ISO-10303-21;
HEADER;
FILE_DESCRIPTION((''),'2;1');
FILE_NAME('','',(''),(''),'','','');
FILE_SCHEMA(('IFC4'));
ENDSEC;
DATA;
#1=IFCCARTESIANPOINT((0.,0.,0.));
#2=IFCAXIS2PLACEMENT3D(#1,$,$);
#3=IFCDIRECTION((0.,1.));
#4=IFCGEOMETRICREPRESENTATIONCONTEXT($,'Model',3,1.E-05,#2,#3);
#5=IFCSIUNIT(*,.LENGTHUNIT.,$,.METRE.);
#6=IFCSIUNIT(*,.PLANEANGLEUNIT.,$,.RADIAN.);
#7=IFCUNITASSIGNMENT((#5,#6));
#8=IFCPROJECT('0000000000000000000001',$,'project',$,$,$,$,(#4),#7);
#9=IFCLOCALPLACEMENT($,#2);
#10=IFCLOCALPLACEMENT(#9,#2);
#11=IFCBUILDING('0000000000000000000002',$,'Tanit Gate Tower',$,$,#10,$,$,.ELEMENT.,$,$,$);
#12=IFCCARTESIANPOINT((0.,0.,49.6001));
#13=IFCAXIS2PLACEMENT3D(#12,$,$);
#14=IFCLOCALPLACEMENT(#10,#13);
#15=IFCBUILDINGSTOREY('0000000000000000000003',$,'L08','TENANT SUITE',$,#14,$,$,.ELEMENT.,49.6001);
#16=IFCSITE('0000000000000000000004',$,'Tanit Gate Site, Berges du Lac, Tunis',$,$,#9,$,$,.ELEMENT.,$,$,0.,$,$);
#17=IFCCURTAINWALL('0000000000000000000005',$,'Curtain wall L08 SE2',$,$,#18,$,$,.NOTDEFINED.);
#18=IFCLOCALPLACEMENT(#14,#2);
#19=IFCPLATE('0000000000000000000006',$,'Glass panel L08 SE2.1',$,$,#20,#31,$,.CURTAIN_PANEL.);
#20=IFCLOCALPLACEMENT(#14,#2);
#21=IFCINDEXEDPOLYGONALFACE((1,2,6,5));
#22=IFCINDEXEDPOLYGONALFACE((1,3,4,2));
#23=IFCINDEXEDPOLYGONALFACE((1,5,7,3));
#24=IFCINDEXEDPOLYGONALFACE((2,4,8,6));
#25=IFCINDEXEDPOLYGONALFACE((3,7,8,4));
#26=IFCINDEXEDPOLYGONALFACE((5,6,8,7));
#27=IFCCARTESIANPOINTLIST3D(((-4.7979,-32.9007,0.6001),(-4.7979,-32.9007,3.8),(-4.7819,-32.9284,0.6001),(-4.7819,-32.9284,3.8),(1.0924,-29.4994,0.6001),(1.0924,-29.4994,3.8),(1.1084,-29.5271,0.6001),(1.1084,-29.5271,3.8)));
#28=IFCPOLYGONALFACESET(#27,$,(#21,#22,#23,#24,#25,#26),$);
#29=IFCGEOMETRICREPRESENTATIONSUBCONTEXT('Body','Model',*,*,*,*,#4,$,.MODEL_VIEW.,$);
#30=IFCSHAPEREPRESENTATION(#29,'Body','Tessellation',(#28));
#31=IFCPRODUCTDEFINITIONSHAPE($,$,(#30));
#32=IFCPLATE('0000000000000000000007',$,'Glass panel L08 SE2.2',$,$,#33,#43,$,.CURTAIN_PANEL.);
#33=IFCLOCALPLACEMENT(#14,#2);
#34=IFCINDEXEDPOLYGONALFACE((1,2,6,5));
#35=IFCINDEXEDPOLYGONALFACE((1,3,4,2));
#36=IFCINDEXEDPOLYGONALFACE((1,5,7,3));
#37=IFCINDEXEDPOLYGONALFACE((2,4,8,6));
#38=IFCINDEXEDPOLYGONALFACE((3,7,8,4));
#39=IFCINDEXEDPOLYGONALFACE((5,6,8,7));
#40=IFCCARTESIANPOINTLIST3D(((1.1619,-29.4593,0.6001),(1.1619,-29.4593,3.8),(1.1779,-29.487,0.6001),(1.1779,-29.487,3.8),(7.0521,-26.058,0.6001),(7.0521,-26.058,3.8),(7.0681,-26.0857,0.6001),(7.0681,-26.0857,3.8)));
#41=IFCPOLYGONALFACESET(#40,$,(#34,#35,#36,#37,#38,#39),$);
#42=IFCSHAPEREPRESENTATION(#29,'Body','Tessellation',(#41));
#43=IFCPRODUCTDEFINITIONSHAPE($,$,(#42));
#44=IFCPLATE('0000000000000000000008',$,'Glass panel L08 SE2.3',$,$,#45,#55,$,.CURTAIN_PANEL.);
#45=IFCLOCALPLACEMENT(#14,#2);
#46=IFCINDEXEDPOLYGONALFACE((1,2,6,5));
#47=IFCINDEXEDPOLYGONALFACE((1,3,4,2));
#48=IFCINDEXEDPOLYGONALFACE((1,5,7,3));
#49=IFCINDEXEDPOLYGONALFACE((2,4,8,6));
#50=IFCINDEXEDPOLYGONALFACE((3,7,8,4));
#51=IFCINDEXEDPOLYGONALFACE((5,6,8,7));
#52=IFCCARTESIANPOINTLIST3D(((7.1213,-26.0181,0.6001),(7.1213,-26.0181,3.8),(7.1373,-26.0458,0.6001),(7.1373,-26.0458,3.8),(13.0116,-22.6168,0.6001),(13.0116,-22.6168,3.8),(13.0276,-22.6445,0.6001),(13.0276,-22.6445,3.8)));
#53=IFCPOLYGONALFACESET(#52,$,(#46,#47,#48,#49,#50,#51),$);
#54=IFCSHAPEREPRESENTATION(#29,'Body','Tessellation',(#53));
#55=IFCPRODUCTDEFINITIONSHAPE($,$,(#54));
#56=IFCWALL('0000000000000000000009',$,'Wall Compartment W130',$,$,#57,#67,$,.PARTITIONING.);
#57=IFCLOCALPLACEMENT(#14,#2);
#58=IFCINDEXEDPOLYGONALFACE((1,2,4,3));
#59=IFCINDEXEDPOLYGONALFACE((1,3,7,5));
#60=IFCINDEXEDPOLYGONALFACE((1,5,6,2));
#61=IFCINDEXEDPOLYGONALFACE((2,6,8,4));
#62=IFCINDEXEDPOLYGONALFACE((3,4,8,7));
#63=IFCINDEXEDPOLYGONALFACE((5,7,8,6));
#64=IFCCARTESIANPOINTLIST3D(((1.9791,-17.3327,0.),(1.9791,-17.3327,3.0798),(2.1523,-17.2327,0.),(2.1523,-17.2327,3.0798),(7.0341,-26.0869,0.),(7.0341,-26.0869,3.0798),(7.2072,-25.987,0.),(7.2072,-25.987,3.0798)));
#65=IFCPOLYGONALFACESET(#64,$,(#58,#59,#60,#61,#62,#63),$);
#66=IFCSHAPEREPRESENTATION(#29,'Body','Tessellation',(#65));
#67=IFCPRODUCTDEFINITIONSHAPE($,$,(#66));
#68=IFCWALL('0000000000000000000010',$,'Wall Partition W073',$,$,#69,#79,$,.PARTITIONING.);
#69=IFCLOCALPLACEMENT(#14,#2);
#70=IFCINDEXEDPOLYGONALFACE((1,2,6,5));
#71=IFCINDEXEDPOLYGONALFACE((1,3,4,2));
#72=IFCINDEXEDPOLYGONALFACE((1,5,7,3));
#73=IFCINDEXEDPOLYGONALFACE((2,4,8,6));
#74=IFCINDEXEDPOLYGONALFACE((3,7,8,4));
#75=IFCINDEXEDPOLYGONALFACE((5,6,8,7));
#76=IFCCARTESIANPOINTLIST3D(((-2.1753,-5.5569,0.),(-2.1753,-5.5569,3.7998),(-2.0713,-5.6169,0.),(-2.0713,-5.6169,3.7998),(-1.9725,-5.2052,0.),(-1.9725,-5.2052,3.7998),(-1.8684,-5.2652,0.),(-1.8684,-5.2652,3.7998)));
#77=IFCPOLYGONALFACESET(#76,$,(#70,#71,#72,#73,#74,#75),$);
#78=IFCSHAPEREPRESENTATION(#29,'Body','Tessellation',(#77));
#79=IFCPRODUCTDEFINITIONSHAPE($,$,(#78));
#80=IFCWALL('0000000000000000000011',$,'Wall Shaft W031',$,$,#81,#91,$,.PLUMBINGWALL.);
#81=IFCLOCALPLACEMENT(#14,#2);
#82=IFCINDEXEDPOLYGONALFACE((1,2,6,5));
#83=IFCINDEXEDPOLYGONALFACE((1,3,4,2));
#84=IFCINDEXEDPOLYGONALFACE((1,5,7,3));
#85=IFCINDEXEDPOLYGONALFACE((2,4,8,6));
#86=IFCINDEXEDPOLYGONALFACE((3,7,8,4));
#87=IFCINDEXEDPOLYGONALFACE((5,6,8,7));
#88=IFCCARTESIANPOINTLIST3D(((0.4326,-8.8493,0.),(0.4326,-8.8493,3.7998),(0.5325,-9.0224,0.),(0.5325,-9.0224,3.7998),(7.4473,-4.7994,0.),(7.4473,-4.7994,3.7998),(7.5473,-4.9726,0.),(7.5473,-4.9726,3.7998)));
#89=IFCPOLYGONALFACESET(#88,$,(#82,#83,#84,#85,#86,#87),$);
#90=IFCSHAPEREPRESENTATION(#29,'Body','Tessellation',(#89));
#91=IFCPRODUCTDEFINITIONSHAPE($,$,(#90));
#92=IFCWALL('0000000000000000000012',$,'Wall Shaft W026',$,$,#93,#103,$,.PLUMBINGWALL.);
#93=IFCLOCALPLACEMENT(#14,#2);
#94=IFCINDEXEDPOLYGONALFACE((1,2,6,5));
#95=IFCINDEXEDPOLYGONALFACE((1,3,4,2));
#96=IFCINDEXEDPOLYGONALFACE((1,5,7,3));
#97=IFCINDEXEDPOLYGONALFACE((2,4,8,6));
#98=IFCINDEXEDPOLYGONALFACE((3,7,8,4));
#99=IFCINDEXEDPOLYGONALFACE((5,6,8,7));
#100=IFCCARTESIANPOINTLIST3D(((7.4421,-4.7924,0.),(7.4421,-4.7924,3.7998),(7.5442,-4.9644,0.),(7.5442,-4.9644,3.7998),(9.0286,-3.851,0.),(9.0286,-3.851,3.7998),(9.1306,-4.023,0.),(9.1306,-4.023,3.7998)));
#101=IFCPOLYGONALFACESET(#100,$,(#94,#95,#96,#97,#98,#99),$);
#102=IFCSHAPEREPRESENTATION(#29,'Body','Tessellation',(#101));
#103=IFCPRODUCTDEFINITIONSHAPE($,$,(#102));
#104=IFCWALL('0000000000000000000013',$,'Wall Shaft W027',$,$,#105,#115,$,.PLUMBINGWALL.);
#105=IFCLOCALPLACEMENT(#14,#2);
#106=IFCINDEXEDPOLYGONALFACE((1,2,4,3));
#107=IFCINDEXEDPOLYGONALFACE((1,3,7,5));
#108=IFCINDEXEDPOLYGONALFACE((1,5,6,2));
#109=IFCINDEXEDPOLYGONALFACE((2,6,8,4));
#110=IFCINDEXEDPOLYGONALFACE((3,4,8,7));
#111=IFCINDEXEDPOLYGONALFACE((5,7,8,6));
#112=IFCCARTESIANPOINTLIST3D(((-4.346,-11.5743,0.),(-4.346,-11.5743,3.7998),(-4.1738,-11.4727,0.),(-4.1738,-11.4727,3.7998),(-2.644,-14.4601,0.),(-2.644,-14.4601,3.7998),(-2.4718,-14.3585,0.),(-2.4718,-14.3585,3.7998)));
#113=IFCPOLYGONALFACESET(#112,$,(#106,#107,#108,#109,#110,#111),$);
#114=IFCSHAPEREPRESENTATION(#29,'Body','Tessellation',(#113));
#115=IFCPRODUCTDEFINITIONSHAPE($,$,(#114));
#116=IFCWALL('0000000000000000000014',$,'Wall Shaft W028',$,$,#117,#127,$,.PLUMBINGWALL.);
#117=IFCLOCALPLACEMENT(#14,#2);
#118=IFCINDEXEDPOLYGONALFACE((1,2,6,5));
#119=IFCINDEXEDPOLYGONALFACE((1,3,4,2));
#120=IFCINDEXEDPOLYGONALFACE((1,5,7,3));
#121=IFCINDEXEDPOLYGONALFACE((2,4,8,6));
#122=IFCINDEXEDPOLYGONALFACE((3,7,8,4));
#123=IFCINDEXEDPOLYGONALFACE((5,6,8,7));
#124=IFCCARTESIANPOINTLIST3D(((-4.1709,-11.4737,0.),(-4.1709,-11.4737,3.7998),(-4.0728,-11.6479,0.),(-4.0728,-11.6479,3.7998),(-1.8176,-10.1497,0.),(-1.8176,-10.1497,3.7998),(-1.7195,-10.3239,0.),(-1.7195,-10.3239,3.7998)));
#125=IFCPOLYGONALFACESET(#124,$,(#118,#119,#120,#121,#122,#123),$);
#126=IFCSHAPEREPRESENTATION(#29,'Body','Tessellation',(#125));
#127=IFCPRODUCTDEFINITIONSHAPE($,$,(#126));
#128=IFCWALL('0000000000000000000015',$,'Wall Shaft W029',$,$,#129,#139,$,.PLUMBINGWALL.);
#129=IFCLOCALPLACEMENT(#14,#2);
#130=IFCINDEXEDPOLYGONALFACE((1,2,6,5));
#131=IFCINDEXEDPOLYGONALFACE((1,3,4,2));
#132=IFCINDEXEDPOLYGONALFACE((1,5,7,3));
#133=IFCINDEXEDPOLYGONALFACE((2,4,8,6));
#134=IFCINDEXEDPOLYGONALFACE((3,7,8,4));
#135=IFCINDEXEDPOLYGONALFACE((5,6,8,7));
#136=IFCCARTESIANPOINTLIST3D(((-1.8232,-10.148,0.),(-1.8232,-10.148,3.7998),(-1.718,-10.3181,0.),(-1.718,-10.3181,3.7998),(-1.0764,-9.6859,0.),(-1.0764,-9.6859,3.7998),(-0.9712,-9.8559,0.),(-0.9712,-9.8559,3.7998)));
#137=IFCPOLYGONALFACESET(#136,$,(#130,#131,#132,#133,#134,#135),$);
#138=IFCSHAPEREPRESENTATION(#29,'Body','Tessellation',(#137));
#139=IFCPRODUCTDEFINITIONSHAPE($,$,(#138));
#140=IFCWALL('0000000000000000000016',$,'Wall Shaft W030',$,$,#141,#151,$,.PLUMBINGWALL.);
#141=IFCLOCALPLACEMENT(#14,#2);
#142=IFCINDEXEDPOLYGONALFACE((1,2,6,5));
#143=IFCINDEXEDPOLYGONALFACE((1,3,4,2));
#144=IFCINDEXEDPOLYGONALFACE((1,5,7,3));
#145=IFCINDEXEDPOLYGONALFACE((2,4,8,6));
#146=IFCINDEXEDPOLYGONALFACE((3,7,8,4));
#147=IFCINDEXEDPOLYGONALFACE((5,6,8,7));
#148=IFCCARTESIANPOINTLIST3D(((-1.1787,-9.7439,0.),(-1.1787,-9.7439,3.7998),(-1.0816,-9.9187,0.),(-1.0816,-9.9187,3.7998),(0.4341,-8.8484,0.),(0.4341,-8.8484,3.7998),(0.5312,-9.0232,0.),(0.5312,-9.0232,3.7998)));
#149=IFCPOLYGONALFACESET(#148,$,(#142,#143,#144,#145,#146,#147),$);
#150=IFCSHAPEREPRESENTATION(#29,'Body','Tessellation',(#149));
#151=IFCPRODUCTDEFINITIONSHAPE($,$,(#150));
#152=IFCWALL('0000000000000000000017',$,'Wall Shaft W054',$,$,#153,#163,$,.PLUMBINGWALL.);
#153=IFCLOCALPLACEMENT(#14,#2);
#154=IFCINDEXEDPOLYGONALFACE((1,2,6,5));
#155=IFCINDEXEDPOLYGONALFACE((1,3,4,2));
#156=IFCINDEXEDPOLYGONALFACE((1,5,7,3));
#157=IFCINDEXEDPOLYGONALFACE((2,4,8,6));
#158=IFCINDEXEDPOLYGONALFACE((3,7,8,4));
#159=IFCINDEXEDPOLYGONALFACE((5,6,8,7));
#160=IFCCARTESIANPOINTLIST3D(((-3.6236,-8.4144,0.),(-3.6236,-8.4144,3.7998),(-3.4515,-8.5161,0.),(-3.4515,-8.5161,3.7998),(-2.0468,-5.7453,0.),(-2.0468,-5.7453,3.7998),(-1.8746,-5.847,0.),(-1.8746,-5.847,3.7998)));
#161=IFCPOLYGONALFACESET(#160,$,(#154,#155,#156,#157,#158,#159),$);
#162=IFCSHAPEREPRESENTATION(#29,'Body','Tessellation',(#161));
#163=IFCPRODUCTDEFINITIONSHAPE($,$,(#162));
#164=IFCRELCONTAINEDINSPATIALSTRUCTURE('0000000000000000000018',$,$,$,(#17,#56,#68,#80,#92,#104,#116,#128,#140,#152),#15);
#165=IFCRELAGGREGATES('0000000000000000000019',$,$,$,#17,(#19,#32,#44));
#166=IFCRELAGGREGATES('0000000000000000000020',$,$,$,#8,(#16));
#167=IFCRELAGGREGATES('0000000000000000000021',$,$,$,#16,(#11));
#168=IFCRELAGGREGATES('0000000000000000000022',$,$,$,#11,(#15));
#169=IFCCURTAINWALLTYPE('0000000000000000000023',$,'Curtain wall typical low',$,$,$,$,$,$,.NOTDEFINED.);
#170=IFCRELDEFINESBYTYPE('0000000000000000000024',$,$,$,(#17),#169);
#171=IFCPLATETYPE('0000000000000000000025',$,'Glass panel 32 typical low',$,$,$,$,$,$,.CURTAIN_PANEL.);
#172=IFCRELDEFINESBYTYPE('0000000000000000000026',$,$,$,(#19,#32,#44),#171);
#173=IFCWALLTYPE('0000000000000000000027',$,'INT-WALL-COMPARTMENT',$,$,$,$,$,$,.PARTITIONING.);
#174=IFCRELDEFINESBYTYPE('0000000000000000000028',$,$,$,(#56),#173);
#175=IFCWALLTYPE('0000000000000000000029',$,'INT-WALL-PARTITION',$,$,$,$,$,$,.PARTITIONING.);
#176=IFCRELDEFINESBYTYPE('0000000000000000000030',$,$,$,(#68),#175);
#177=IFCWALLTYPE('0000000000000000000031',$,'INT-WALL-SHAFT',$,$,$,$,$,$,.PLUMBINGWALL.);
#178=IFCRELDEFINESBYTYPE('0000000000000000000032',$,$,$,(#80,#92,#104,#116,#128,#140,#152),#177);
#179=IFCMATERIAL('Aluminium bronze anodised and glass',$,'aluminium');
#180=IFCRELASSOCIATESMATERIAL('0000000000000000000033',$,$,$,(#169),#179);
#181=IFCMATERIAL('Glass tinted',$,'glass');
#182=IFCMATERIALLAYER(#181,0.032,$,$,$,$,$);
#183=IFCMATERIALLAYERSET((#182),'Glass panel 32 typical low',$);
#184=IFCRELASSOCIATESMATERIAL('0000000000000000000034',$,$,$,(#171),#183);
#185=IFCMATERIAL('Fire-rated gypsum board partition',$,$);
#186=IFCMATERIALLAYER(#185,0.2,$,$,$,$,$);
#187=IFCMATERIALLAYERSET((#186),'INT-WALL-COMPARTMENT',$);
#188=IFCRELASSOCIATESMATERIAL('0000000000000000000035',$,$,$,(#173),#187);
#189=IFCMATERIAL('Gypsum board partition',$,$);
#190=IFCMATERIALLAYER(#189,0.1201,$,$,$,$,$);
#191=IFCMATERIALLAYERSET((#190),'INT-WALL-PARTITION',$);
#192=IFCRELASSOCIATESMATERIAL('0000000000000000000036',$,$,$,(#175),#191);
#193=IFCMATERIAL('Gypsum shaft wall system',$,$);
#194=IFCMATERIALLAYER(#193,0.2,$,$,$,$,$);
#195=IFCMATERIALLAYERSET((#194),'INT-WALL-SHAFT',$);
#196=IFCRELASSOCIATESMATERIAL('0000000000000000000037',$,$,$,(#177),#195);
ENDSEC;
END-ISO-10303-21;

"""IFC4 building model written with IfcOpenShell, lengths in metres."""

from ifc_helpers import new_model, si_unit, direction, frame, frame_2d, origin, origin_2d, place, context, subcontext, project, spatial, rectangle, extrude, material, layer, layer_set, type_object, element, aggregate, save


model = new_model("IFC4")

# Units and contexts
model_context = context("Model", 3, precision=1e-05, world=origin(), true_north=direction((0.0, 1.0)))
body_context = subcontext(model_context, "Body", "Model", "MODEL_VIEW")
ifc_project = project(units=[si_unit("LENGTHUNIT", "METRE"), si_unit("PLANEANGLEUNIT", "RADIAN")], contexts=[model_context])

# Site, building, storey
site_placement = place(None, origin())
site = spatial("IfcSite", under=ifc_project, at=site_placement, Name="Tanit Gate Site, Berges du Lac, Tunis", CompositionType="ELEMENT", RefElevation=0.0)
building_placement = place(site_placement, origin())
building = spatial("IfcBuilding", under=site, at=building_placement, Name="Tanit Gate Tower", CompositionType="ELEMENT")
storey_placement = place(building_placement, frame((0.0, 0.0, 49.6001)))
storey = spatial("IfcBuildingStorey", under=building, at=storey_placement, Name="L08", Description="TENANT SUITE", CompositionType="ELEMENT", Elevation=49.6001)

# Curtain wall
ifc_material_1 = material(Name="Aluminium bronze anodised and glass", Category="aluminium")
curtain_wall_type = type_object("IfcCurtainWallType", Name="Curtain wall typical low", PredefinedType="NOTDEFINED", material=ifc_material_1)
curtain_wall_placement = place(storey_placement, origin())
curtain_wall = element("IfcCurtainWall", 1, at=curtain_wall_placement, inside=storey, type_object=curtain_wall_type, Name="Curtain wall L08 SE2", PredefinedType="NOTDEFINED")

# Plates
ifc_material_2 = material(Name="Glass tinted", Category="glass")
ifc_layer_1 = layer(ifc_material_2, 0.032)
ifc_layer_set_1 = layer_set([ifc_layer_1], Name="Glass panel 32 typical low")
plate_type = type_object("IfcPlateType", Name="Glass panel 32 typical low", PredefinedType="CURTAIN_PANEL", material=ifc_layer_set_1)
plate_1_placement = place(storey_placement, frame((-1.8447, -31.2139, 0.6001), z_axis=(0.0, 0.0, 1.0), x_axis=(0.865991, 0.50006, 0.0)))
plate_1 = element("IfcPlate", 2, at=plate_1_placement, type_object=plate_type, Name="Glass panel L08 SE2.1", PredefinedType="CURTAIN_PANEL", context=body_context, shape_type="SweptSolid", body=[
    extrude(rectangle(XDim=6.8018, YDim=0.032, at=origin_2d()), origin(), (0.0, 0.0, 1.0), 3.2),
])
plate_2_placement = place(storey_placement, frame((4.115, -27.7725, 0.6001), z_axis=(0.0, 0.0, 1.0), x_axis=(0.865991, 0.50006, 0.0)))
plate_2 = element("IfcPlate", 3, at=plate_2_placement, type_object=plate_type, Name="Glass panel L08 SE2.2", PredefinedType="CURTAIN_PANEL", context=body_context, shape_type="SweptSolid", body=[
    extrude(rectangle(XDim=6.8018, YDim=0.032, at=origin_2d()), origin(), (0.0, 0.0, 1.0), 3.2),
])
plate_3_placement = place(storey_placement, frame((10.0745, -24.3313, 0.6001), z_axis=(0.0, 0.0, 1.0), x_axis=(0.865991, 0.50006, 0.0)))
plate_3 = element("IfcPlate", 4, at=plate_3_placement, type_object=plate_type, Name="Glass panel L08 SE2.3", PredefinedType="CURTAIN_PANEL", context=body_context, shape_type="SweptSolid", body=[
    extrude(rectangle(XDim=6.8018, YDim=0.032, at=origin_2d()), origin(), (0.0, 0.0, 1.0), 3.2),
])
aggregate(curtain_wall, [plate_1, plate_2, plate_3])

# Walls
ifc_material_3 = material(Name="Fire-rated gypsum board partition")
ifc_layer_2 = layer(ifc_material_3, 0.2)
ifc_layer_set_2 = layer_set([ifc_layer_2], Name="INT-WALL-COMPARTMENT")
wall_type_1 = type_object("IfcWallType", Name="INT-WALL-COMPARTMENT", PredefinedType="PARTITIONING", material=ifc_layer_set_2)
wall_1_placement = place(storey_placement, frame((2.0657, -17.2827, 0.0), z_axis=(0.0, 0.0, 1.0), x_axis=(0.500053, -0.865995, 0.0)))
element("IfcWall", 5, at=wall_1_placement, inside=storey, type_object=wall_type_1, Name="Wall Compartment W130", PredefinedType="PARTITIONING", context=body_context, shape_type="SweptSolid", body=[
    extrude(rectangle(XDim=10.1089, YDim=0.2, at=frame_2d((5.0544, 0.0))), origin(), (0.0, 0.0, 1.0), 3.0798),
])
ifc_material_4 = material(Name="Gypsum board partition")
ifc_layer_3 = layer(ifc_material_4, 0.1201)
ifc_layer_set_3 = layer_set([ifc_layer_3], Name="INT-WALL-PARTITION")
wall_type_2 = type_object("IfcWallType", Name="INT-WALL-PARTITION", PredefinedType="PARTITIONING", material=ifc_layer_set_3)
wall_2_placement = place(storey_placement, frame((-1.9204, -5.2351, 0.0), z_axis=(0.0, 0.0, 1.0), x_axis=(-0.499566, -0.866276, 0.0)))
element("IfcWall", 6, at=wall_2_placement, inside=storey, type_object=wall_type_2, Name="Wall Partition W073", PredefinedType="PARTITIONING", context=body_context, shape_type="SweptSolid", body=[
    extrude(rectangle(XDim=0.406, YDim=0.1201, at=frame_2d((0.2031, 0.0))), origin(), (0.0, 0.0, 1.0), 3.7998),
])
ifc_material_5 = material(Name="Gypsum shaft wall system")
ifc_layer_4 = layer(ifc_material_5, 0.2)
ifc_layer_set_4 = layer_set([ifc_layer_4], Name="INT-WALL-SHAFT")
wall_type_3 = type_object("IfcWallType", Name="INT-WALL-SHAFT", PredefinedType="PLUMBINGWALL", material=ifc_layer_set_4)
wall_3_placement = place(storey_placement, frame((0.4827, -8.9358, 0.0), z_axis=(0.0, 0.0, 1.0), x_axis=(0.866031, 0.49999, 0.0)))
element("IfcWall", 7, at=wall_3_placement, inside=storey, type_object=wall_type_3, Name="Wall Shaft W031", PredefinedType="PLUMBINGWALL", context=body_context, shape_type="SweptSolid", body=[
    extrude(rectangle(XDim=8.0999, YDim=0.2, at=frame_2d((4.0498, 0.0))), origin(), (0.0, 0.0, 1.0), 3.7998),
])
wall_4_placement = place(storey_placement, frame((7.4932, -4.8784, 0.0), z_axis=(0.0, 0.0, 1.0), x_axis=(0.859982, 0.510325, 0.0)))
element("IfcWall", 8, at=wall_4_placement, inside=storey, type_object=wall_type_3, Name="Wall Shaft W026", PredefinedType="PLUMBINGWALL", context=body_context, shape_type="SweptSolid", body=[
    extrude(rectangle(XDim=1.8447, YDim=0.2, at=frame_2d((0.9224, 0.0))), origin(), (0.0, 0.0, 1.0), 3.7998),
])
wall_5_placement = place(storey_placement, frame((-2.5579, -14.4094, 0.0), z_axis=(0.0, 0.0, 1.0), x_axis=(-0.507997, 0.861359, 0.0)))
element("IfcWall", 9, at=wall_5_placement, inside=storey, type_object=wall_type_3, Name="Wall Shaft W027", PredefinedType="PLUMBINGWALL", context=body_context, shape_type="SweptSolid", body=[
    extrude(rectangle(XDim=3.3503, YDim=0.2, at=frame_2d((1.6753, 0.0))), origin(), (0.0, 0.0, 1.0), 3.7998),
])
wall_6_placement = place(storey_placement, frame((-1.7686, -10.2368, 0.0), z_axis=(0.0, 0.0, 1.0), x_axis=(-0.871534, -0.490334, 0.0)))
element("IfcWall", 10, at=wall_6_placement, inside=storey, type_object=wall_type_3, Name="Wall Shaft W028", PredefinedType="PLUMBINGWALL", context=body_context, shape_type="SweptSolid", body=[
    extrude(rectangle(XDim=2.7002, YDim=0.2, at=frame_2d((1.3501, 0.0))), origin(), (0.0, 0.0, 1.0), 3.7998),
])
wall_7_placement = place(storey_placement, frame((-1.0239, -9.771, 0.0), z_axis=(0.0, 0.0, 1.0), x_axis=(-0.850348, -0.526221, 0.0)))
element("IfcWall", 11, at=wall_7_placement, inside=storey, type_object=wall_type_3, Name="Wall Shaft W029", PredefinedType="PLUMBINGWALL", context=body_context, shape_type="SweptSolid", body=[
    extrude(rectangle(XDim=0.8782, YDim=0.2, at=frame_2d((0.439, 0.0))), origin(), (0.0, 0.0, 1.0), 3.7998),
])
wall_8_placement = place(storey_placement, frame((-1.1301, -9.8313, 0.0), z_axis=(0.0, 0.0, 1.0), x_axis=(0.87427, 0.485441, 0.0)))
element("IfcWall", 12, at=wall_8_placement, inside=storey, type_object=wall_type_3, Name="Wall Shaft W030", PredefinedType="PLUMBINGWALL", context=body_context, shape_type="SweptSolid", body=[
    extrude(rectangle(XDim=1.8447, YDim=0.2, at=frame_2d((0.9224, 0.0))), origin(), (0.0, 0.0, 1.0), 3.7998),
])
wall_9_placement = place(storey_placement, frame((-1.9607, -5.7961, 0.0), z_axis=(0.0, 0.0, 1.0), x_axis=(-0.508647, -0.860975, 0.0)))
element("IfcWall", 13, at=wall_9_placement, inside=storey, type_object=wall_type_3, Name="Wall Shaft W054", PredefinedType="PLUMBINGWALL", context=body_context, shape_type="SweptSolid", body=[
    extrude(rectangle(XDim=3.1001, YDim=0.2, at=frame_2d((1.55, 0.0))), origin(), (0.0, 0.0, 1.0), 3.7998),
])

save(model, "model.ifc")
